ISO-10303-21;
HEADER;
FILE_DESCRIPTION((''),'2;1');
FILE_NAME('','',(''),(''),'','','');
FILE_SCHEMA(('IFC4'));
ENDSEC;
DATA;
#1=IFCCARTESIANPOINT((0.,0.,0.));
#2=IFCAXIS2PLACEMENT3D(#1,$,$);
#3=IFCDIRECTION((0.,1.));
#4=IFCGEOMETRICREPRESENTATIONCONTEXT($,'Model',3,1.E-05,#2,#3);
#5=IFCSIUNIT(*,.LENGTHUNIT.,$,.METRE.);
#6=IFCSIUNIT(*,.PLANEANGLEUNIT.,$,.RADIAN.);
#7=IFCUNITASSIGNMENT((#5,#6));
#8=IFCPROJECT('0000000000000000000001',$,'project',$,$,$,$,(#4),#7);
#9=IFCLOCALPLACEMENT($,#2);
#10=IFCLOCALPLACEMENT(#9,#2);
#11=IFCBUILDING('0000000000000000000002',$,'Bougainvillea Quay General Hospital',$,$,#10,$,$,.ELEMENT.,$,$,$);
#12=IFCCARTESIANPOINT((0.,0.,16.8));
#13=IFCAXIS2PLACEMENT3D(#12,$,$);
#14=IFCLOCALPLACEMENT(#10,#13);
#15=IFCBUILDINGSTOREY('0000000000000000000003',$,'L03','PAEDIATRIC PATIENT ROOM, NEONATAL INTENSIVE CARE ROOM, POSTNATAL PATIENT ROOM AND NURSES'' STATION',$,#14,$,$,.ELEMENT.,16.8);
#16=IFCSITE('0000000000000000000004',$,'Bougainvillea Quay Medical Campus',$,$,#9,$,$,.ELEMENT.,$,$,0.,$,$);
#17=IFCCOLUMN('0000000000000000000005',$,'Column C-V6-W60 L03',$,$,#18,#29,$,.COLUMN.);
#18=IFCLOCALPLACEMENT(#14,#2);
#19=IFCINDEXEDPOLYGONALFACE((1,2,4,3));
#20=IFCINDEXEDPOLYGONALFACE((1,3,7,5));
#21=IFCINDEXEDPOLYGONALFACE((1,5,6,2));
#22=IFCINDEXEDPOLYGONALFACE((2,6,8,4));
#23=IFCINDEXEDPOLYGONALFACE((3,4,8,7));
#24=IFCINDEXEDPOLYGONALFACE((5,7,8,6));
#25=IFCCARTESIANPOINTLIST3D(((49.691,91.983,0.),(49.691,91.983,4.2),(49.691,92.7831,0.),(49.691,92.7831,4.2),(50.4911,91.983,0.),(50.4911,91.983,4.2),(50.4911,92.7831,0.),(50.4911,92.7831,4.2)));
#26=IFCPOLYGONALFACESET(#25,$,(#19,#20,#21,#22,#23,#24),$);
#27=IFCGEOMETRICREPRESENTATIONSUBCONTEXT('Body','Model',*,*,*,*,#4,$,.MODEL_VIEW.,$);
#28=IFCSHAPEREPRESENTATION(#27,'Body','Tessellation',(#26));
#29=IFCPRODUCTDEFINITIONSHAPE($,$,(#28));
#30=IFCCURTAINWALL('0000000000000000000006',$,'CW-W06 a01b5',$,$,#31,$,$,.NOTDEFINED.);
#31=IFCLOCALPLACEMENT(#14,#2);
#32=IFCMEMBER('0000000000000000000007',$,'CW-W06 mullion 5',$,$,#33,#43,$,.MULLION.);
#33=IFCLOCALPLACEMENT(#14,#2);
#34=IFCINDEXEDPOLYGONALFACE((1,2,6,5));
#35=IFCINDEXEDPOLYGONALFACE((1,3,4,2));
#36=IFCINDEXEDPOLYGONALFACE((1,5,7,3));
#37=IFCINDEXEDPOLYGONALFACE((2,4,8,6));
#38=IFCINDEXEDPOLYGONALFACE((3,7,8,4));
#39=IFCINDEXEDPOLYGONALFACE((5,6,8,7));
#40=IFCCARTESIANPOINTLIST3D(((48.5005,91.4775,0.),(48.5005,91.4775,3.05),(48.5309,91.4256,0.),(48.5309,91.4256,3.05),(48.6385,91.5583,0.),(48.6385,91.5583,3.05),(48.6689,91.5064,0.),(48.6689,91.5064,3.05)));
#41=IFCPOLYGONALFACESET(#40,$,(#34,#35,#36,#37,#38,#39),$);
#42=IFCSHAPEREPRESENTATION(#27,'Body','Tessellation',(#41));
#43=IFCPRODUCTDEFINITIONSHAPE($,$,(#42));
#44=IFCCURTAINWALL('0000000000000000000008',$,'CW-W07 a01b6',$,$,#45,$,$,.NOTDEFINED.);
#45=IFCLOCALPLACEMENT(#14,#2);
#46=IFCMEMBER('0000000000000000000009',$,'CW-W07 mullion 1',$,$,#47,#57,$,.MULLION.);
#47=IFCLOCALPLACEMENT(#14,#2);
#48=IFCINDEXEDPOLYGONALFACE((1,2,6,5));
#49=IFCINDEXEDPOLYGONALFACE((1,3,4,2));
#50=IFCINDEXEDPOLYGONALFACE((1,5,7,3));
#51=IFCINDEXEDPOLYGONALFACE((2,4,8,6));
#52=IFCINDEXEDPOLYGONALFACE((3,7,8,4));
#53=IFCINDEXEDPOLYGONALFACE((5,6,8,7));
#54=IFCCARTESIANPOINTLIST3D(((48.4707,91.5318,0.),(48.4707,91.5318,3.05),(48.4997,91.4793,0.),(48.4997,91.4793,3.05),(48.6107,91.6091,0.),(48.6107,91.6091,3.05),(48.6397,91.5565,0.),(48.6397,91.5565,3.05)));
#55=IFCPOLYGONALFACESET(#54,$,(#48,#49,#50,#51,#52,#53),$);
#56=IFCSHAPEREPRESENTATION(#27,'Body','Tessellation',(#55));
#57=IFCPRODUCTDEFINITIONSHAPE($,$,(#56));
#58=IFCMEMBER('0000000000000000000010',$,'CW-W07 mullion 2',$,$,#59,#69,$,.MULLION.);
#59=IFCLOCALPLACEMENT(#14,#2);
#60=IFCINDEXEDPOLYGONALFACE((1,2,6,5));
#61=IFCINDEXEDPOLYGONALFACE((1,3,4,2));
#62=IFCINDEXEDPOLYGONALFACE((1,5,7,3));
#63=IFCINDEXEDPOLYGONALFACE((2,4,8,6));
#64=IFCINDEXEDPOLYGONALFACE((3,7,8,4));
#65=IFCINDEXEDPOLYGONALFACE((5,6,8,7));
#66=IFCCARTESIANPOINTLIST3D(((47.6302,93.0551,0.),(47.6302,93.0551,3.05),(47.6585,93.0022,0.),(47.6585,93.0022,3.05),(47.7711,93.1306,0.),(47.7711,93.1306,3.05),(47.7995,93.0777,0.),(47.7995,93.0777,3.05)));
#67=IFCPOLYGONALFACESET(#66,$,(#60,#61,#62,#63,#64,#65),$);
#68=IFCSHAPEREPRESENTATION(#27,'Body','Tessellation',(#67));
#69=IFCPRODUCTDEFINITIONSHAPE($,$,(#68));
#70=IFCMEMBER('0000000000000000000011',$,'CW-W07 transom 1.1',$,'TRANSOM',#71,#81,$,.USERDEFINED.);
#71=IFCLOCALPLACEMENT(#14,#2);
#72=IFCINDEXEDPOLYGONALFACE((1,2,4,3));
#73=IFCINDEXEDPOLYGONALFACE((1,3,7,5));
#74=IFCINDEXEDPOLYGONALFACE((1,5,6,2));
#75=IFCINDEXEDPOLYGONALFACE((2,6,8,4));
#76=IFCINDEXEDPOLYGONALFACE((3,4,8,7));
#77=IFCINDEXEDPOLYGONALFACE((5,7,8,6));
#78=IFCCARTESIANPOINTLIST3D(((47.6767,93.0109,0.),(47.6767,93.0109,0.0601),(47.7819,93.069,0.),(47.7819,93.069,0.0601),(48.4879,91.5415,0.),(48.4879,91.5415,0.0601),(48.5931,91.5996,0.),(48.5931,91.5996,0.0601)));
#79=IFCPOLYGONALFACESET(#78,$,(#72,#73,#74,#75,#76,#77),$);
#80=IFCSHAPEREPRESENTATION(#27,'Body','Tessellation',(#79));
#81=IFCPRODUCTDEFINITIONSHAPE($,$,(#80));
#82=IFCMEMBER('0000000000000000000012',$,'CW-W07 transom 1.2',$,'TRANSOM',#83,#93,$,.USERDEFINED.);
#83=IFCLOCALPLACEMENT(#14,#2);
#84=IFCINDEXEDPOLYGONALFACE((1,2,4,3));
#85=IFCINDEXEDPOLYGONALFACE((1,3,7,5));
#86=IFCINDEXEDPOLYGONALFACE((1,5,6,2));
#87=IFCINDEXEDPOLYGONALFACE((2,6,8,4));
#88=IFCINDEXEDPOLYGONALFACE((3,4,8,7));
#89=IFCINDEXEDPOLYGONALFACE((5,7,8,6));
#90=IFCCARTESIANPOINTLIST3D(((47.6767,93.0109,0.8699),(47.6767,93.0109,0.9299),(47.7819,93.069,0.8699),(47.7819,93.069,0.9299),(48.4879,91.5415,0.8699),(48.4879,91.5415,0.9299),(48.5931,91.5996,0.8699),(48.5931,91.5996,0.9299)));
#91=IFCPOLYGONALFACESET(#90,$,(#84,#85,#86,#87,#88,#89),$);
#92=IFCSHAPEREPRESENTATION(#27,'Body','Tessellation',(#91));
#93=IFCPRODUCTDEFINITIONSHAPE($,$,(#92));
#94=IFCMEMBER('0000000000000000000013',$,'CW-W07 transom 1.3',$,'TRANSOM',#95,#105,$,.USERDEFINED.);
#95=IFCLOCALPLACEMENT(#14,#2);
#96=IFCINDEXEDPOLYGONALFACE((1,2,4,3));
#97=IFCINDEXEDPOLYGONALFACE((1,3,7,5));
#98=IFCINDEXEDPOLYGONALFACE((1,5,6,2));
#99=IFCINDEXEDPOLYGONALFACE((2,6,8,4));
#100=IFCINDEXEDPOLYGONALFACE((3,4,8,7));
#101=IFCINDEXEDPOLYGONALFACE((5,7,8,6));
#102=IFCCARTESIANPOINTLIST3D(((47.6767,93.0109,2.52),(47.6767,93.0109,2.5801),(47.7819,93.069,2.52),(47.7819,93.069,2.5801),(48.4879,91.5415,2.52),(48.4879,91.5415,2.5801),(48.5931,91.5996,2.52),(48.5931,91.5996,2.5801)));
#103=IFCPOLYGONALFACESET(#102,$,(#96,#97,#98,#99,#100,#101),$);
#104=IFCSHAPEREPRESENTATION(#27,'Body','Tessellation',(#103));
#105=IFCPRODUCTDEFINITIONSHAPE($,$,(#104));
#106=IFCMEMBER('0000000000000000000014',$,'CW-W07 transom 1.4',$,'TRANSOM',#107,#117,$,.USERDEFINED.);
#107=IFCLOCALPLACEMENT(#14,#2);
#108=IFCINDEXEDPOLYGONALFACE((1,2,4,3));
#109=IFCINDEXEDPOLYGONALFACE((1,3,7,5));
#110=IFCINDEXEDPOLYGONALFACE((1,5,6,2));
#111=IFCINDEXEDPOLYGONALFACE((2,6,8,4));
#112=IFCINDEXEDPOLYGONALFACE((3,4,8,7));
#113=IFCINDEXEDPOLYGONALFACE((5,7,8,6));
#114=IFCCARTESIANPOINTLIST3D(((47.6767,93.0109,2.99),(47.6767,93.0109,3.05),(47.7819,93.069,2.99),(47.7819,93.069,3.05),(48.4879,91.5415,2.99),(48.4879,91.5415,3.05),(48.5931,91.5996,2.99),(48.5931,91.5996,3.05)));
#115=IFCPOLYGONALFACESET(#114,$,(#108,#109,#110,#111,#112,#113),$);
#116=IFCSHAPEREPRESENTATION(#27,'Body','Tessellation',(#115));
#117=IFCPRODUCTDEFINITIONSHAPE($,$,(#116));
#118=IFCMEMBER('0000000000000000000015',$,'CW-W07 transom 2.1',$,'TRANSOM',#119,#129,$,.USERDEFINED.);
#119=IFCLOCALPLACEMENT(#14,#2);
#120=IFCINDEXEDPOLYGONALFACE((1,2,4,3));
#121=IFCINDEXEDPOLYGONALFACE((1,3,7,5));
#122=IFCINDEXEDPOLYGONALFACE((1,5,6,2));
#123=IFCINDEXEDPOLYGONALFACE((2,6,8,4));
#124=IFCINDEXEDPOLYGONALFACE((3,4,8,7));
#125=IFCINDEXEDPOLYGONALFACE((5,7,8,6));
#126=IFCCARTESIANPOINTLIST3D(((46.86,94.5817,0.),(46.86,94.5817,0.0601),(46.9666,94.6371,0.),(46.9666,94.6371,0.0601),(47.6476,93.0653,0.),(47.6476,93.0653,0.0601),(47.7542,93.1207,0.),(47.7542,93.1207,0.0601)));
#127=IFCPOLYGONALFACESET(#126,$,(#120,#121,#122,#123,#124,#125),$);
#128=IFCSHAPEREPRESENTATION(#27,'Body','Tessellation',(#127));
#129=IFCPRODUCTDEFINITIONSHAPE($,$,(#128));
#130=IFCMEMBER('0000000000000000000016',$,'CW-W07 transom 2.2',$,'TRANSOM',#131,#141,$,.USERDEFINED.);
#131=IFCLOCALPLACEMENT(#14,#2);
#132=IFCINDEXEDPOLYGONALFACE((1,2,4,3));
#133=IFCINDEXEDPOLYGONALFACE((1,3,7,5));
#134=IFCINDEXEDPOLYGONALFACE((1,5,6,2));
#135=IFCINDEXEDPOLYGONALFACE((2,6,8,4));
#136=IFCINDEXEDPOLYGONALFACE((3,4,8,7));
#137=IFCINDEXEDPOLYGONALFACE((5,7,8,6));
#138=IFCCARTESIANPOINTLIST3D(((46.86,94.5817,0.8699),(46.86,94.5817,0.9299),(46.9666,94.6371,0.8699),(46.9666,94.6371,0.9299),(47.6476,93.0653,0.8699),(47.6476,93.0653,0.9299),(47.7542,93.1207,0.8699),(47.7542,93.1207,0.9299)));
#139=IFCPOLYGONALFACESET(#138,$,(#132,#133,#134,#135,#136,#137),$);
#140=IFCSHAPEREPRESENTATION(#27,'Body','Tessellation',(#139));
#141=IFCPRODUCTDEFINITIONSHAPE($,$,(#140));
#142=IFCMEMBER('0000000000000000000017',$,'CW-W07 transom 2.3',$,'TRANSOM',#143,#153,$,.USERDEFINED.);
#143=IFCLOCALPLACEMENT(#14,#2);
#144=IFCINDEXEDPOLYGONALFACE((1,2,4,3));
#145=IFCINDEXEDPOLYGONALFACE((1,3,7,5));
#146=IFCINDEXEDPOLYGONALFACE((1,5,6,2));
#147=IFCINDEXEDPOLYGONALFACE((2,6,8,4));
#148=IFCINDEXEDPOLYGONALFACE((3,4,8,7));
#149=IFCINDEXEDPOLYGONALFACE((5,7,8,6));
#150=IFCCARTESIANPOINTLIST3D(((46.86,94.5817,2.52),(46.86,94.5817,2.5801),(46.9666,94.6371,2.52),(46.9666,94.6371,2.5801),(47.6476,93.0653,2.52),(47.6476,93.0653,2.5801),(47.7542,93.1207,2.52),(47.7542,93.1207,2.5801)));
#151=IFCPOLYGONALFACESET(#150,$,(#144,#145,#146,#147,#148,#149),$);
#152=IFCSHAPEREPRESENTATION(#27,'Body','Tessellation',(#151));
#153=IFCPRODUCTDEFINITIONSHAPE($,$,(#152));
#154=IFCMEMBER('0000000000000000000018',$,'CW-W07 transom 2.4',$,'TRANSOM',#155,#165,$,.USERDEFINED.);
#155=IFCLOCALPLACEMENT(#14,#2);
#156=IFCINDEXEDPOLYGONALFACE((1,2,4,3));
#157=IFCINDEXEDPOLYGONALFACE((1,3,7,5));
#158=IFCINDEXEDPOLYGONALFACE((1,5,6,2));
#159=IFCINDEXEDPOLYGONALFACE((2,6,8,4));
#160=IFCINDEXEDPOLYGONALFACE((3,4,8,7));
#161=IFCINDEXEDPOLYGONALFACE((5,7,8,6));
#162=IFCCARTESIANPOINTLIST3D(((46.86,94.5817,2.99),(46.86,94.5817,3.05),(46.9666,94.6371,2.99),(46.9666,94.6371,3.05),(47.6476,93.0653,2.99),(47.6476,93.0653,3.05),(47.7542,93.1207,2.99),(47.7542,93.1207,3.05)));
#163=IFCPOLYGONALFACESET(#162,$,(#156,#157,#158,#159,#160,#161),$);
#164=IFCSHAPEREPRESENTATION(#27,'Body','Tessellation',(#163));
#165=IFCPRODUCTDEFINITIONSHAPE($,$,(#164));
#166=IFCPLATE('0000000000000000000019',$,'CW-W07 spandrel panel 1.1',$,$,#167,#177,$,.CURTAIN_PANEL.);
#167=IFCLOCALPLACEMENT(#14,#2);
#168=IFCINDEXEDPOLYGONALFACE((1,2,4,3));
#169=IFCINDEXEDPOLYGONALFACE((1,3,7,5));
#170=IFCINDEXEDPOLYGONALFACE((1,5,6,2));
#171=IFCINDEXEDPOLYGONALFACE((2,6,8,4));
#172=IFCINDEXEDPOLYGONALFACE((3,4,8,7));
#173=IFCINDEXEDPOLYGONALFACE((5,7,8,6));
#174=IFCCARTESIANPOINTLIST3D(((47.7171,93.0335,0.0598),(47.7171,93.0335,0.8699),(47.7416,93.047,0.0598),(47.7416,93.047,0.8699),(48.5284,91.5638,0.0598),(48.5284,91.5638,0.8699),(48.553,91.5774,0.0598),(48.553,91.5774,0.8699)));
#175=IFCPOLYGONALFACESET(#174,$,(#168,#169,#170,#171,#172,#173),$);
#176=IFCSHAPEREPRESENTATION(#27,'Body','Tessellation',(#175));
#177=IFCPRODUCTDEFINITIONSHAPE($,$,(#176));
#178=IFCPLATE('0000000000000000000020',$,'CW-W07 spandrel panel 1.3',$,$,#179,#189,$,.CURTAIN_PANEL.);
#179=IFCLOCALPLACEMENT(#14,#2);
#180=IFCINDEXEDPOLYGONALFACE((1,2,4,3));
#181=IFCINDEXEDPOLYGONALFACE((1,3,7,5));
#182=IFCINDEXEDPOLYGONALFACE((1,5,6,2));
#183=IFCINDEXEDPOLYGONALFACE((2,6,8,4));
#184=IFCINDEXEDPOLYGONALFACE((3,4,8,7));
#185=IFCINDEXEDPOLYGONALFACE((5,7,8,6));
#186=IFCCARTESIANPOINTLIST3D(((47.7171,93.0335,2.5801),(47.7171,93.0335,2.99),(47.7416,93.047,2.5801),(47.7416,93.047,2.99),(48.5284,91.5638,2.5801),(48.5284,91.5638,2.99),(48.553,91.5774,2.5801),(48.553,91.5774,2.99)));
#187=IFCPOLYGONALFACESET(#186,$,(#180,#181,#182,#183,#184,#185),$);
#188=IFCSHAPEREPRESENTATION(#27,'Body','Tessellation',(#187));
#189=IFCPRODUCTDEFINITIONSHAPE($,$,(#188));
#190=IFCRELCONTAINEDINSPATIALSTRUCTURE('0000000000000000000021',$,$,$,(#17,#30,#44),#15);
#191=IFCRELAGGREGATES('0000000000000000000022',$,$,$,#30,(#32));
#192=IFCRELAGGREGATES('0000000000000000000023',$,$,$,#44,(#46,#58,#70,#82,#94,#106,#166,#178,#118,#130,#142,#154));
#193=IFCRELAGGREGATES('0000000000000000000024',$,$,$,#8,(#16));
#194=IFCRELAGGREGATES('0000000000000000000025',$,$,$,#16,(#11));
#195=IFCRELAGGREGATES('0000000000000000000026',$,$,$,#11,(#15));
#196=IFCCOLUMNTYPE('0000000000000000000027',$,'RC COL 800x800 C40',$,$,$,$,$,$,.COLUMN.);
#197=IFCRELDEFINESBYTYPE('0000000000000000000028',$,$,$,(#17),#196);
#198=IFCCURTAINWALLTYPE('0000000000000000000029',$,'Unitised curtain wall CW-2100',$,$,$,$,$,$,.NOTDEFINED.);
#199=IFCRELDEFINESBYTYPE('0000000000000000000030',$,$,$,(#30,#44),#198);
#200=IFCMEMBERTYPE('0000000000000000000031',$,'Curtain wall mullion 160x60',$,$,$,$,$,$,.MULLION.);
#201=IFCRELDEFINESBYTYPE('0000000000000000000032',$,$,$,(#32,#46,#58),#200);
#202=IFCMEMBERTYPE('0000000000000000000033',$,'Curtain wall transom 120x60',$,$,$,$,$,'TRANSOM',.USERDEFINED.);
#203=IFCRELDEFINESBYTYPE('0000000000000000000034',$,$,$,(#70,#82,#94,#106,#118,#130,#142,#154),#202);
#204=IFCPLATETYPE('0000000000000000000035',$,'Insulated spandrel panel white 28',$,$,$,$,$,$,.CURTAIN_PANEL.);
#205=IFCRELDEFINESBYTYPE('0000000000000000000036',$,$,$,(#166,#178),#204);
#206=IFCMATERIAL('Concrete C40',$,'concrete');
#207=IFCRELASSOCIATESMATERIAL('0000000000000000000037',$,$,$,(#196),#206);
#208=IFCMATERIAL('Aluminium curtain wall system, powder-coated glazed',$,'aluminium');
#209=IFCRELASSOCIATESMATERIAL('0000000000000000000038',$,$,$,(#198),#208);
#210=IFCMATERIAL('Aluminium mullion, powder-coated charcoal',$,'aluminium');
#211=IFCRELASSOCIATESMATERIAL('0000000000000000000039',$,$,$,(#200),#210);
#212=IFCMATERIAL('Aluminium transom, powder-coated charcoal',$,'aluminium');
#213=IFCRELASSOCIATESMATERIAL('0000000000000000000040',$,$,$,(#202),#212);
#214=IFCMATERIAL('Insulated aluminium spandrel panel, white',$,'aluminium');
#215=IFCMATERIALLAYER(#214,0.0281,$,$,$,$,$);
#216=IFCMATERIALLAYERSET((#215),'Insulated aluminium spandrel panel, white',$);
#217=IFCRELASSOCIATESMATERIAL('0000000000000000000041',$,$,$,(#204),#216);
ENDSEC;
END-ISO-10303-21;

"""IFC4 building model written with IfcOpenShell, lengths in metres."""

from ifc_helpers import new_model, si_unit, direction, frame, origin, origin_2d, place, context, subcontext, project, spatial, rectangle, extrude, material, layer, layer_set, material_profile, profile_set, type_object, element, aggregate, save


model = new_model("IFC4")

# Units and contexts
model_context = context("Model", 3, precision=1e-05, world=origin(), true_north=direction((0.0, 1.0)))
body_context = subcontext(model_context, "Body", "Model", "MODEL_VIEW")
ifc_project = project(units=[si_unit("LENGTHUNIT", "METRE"), si_unit("PLANEANGLEUNIT", "RADIAN")], contexts=[model_context])

# Site, building, storey
site_placement = place(None, origin())
site = spatial("IfcSite", under=ifc_project, at=site_placement, Name="Bougainvillea Quay Medical Campus", CompositionType="ELEMENT", RefElevation=0.0)
building_placement = place(site_placement, origin())
building = spatial("IfcBuilding", under=site, at=building_placement, Name="Bougainvillea Quay General Hospital", CompositionType="ELEMENT")
storey_placement = place(building_placement, frame((0.0, 0.0, 16.8)))
storey = spatial("IfcBuildingStorey", under=building, at=storey_placement, Name="L03", Description="PAEDIATRIC PATIENT ROOM, NEONATAL INTENSIVE CARE ROOM, POSTNATAL PATIENT ROOM AND NURSES' STATION", CompositionType="ELEMENT", Elevation=16.8)

# Column
ifc_material_1 = material(Name="Concrete C40", Category="concrete")
ifc_material_profile_1 = material_profile(ifc_material_1, rectangle(XDim=0.8, YDim=0.8, at=origin_2d()))
ifc_profile_set_1 = profile_set([ifc_material_profile_1], Name="Concrete C40")
column_type = type_object("IfcColumnType", Name="RC COL 800x800 C40", PredefinedType="COLUMN", material=ifc_profile_set_1)
column_placement = place(storey_placement, frame((50.0911, 92.3831, 0.0), z_axis=(0.0, 0.0, 1.0), x_axis=(1.0, 0.0, 0.0)))
element("IfcColumn", 1, at=column_placement, inside=storey, type_object=column_type, Name="Column C-V6-W60 L03", PredefinedType="COLUMN", context=body_context, shape_type="SweptSolid", body=[
    extrude(rectangle(XDim=0.8, YDim=0.8, at=origin_2d()), origin(), (0.0, 0.0, 1.0), 4.2),
])

# Curtain wall, member
ifc_material_2 = material(Name="Aluminium curtain wall system, powder-coated glazed", Category="aluminium")
curtain_wall_type = type_object("IfcCurtainWallType", Name="Unitised curtain wall CW-2100", PredefinedType="NOTDEFINED", material=ifc_material_2)
curtain_wall_1_placement = place(storey_placement, origin())
curtain_wall_1 = element("IfcCurtainWall", 2, at=curtain_wall_1_placement, inside=storey, type_object=curtain_wall_type, Name="CW-W06 a01b5", PredefinedType="NOTDEFINED")
ifc_material_3 = material(Name="Aluminium mullion, powder-coated charcoal", Category="aluminium")
ifc_material_profile_2 = material_profile(ifc_material_3, rectangle(XDim=0.1599, YDim=0.0601, at=origin_2d()))
ifc_profile_set_2 = profile_set([ifc_material_profile_2], Name="Aluminium mullion, powder-coated charcoal")
member_type_1 = type_object("IfcMemberType", Name="Curtain wall mullion 160x60", PredefinedType="MULLION", material=ifc_profile_set_2)
member_1_placement = place(storey_placement, frame((48.5847, 91.4919, 0.0), z_axis=(0.0, 0.0, 1.0), x_axis=(-0.862915, -0.505349, 0.0)))
member_1 = element("IfcMember", 3, at=member_1_placement, type_object=member_type_1, Name="CW-W06 mullion 5", PredefinedType="MULLION", context=body_context, shape_type="SweptSolid", body=[
    extrude(rectangle(XDim=0.1599, YDim=0.0601, at=origin_2d()), origin(), (0.0, 0.0, 1.0), 3.05),
])
aggregate(curtain_wall_1, [member_1])

# Curtain wall, members, plates
curtain_wall_2_placement = place(storey_placement, origin())
curtain_wall_2 = element("IfcCurtainWall", 4, at=curtain_wall_2_placement, inside=storey, type_object=curtain_wall_type, Name="CW-W07 a01b6", PredefinedType="NOTDEFINED")
member_2_placement = place(storey_placement, frame((48.5552, 91.5442, 0.0), z_axis=(0.0, 0.0, 1.0), x_axis=(-0.875452, -0.483305, 0.0)))
member_2 = element("IfcMember", 5, at=member_2_placement, type_object=member_type_1, Name="CW-W07 mullion 1", PredefinedType="MULLION", context=body_context, shape_type="SweptSolid", body=[
    extrude(rectangle(XDim=0.1599, YDim=0.0601, at=origin_2d()), origin(), (0.0, 0.0, 1.0), 3.05),
])
member_3_placement = place(storey_placement, frame((47.7148, 93.0664, 0.0), z_axis=(0.0, 0.0, 1.0), x_axis=(-0.88151, -0.472166, 0.0)))
member_3 = element("IfcMember", 6, at=member_3_placement, type_object=member_type_1, Name="CW-W07 mullion 2", PredefinedType="MULLION", context=body_context, shape_type="SweptSolid", body=[
    extrude(rectangle(XDim=0.1599, YDim=0.0601, at=origin_2d()), origin(), (0.0, 0.0, 1.0), 3.05),
])
ifc_material_4 = material(Name="Aluminium transom, powder-coated charcoal", Category="aluminium")
ifc_material_profile_3 = material_profile(ifc_material_4, rectangle(XDim=0.1201, YDim=0.0601, at=origin_2d()))
ifc_profile_set_3 = profile_set([ifc_material_profile_3], Name="Aluminium transom, powder-coated charcoal")
member_type_2 = type_object("IfcMemberType", Name="Curtain wall transom 120x60", ElementType="TRANSOM", PredefinedType="USERDEFINED", material=ifc_profile_set_3)
member_4_placement = place(storey_placement, frame((48.5405, 91.5706, 0.03), z_axis=(-0.48332, 0.875444, 0.0), x_axis=(-0.875444, -0.48332, 0.0)))
member_4 = element("IfcMember", 7, at=member_4_placement, type_object=member_type_2, Name="CW-W07 transom 1.1", ObjectType="TRANSOM", PredefinedType="USERDEFINED", context=body_context, shape_type="SweptSolid", body=[
    extrude(rectangle(XDim=0.1201, YDim=0.0601, at=origin_2d()), origin(), (0.0, 0.0, 1.0), 1.6785),
])
member_5_placement = place(storey_placement, frame((48.5405, 91.5706, 0.8999), z_axis=(-0.48332, 0.875444, 0.0), x_axis=(-0.875444, -0.48332, 0.0)))
member_5 = element("IfcMember", 8, at=member_5_placement, type_object=member_type_2, Name="CW-W07 transom 1.2", ObjectType="TRANSOM", PredefinedType="USERDEFINED", context=body_context, shape_type="SweptSolid", body=[
    extrude(rectangle(XDim=0.1201, YDim=0.0601, at=origin_2d()), origin(), (0.0, 0.0, 1.0), 1.6785),
])
member_6_placement = place(storey_placement, frame((48.5405, 91.5706, 2.55), z_axis=(-0.48332, 0.875444, 0.0), x_axis=(-0.875444, -0.48332, 0.0)))
member_6 = element("IfcMember", 9, at=member_6_placement, type_object=member_type_2, Name="CW-W07 transom 1.3", ObjectType="TRANSOM", PredefinedType="USERDEFINED", context=body_context, shape_type="SweptSolid", body=[
    extrude(rectangle(XDim=0.1201, YDim=0.0601, at=origin_2d()), origin(), (0.0, 0.0, 1.0), 1.6785),
])
member_7_placement = place(storey_placement, frame((48.5405, 91.5706, 3.02), z_axis=(-0.48332, 0.875444, 0.0), x_axis=(-0.875444, -0.48332, 0.0)))
member_7 = element("IfcMember", 10, at=member_7_placement, type_object=member_type_2, Name="CW-W07 transom 1.4", ObjectType="TRANSOM", PredefinedType="USERDEFINED", context=body_context, shape_type="SweptSolid", body=[
    extrude(rectangle(XDim=0.1201, YDim=0.0601, at=origin_2d()), origin(), (0.0, 0.0, 1.0), 1.6785),
])
member_8_placement = place(storey_placement, frame((47.7009, 93.093, 0.03), z_axis=(-0.460934, 0.887434, 0.0), x_axis=(-0.887434, -0.460934, 0.0)))
member_8 = element("IfcMember", 11, at=member_8_placement, type_object=member_type_2, Name="CW-W07 transom 2.1", ObjectType="TRANSOM", PredefinedType="USERDEFINED", context=body_context, shape_type="SweptSolid", body=[
    extrude(rectangle(XDim=0.1201, YDim=0.0601, at=origin_2d()), origin(), (0.0, 0.0, 1.0), 1.7087),
])
member_9_placement = place(storey_placement, frame((47.7009, 93.093, 0.8999), z_axis=(-0.460934, 0.887434, 0.0), x_axis=(-0.887434, -0.460934, 0.0)))
member_9 = element("IfcMember", 12, at=member_9_placement, type_object=member_type_2, Name="CW-W07 transom 2.2", ObjectType="TRANSOM", PredefinedType="USERDEFINED", context=body_context, shape_type="SweptSolid", body=[
    extrude(rectangle(XDim=0.1201, YDim=0.0601, at=origin_2d()), origin(), (0.0, 0.0, 1.0), 1.7087),
])
member_10_placement = place(storey_placement, frame((47.7009, 93.093, 2.55), z_axis=(-0.460934, 0.887434, 0.0), x_axis=(-0.887434, -0.460934, 0.0)))
member_10 = element("IfcMember", 13, at=member_10_placement, type_object=member_type_2, Name="CW-W07 transom 2.3", ObjectType="TRANSOM", PredefinedType="USERDEFINED", context=body_context, shape_type="SweptSolid", body=[
    extrude(rectangle(XDim=0.1201, YDim=0.0601, at=origin_2d()), origin(), (0.0, 0.0, 1.0), 1.7087),
])
member_11_placement = place(storey_placement, frame((47.7009, 93.093, 3.02), z_axis=(-0.460934, 0.887434, 0.0), x_axis=(-0.887434, -0.460934, 0.0)))
member_11 = element("IfcMember", 14, at=member_11_placement, type_object=member_type_2, Name="CW-W07 transom 2.4", ObjectType="TRANSOM", PredefinedType="USERDEFINED", context=body_context, shape_type="SweptSolid", body=[
    extrude(rectangle(XDim=0.1201, YDim=0.0601, at=origin_2d()), origin(), (0.0, 0.0, 1.0), 1.7087),
])
ifc_material_5 = material(Name="Insulated aluminium spandrel panel, white", Category="aluminium")
ifc_layer_1 = layer(ifc_material_5, 0.0281)
ifc_layer_set_1 = layer_set([ifc_layer_1], Name="Insulated aluminium spandrel panel, white")
plate_type_1 = type_object("IfcPlateType", Name="Insulated spandrel panel white 28", PredefinedType="CURTAIN_PANEL", material=ifc_layer_set_1)
plate_1_placement = place(storey_placement, frame((48.135, 92.3054, 0.0598), z_axis=(0.0, 0.0, 1.0), x_axis=(-0.483305, 0.875452, 0.0)))
plate_1 = element("IfcPlate", 15, at=plate_1_placement, type_object=plate_type_1, Name="CW-W07 spandrel panel 1.1", PredefinedType="CURTAIN_PANEL", context=body_context, shape_type="SweptSolid", body=[
    extrude(rectangle(XDim=1.6787, YDim=0.0281, at=origin_2d()), origin(), (0.0, 0.0, 1.0), 0.8101),
])
plate_2_placement = place(storey_placement, frame((48.135, 92.3054, 2.5801), z_axis=(0.0, 0.0, 1.0), x_axis=(-0.483305, 0.875452, 0.0)))
plate_2 = element("IfcPlate", 16, at=plate_2_placement, type_object=plate_type_1, Name="CW-W07 spandrel panel 1.3", PredefinedType="CURTAIN_PANEL", context=body_context, shape_type="SweptSolid", body=[
    extrude(rectangle(XDim=1.6787, YDim=0.0281, at=origin_2d()), origin(), (0.0, 0.0, 1.0), 0.4099),
])
aggregate(curtain_wall_2, [member_2, member_3, member_4, member_5, member_6, member_7, plate_1, plate_2, member_8, member_9, member_10, member_11])

save(model, "model.ifc")
